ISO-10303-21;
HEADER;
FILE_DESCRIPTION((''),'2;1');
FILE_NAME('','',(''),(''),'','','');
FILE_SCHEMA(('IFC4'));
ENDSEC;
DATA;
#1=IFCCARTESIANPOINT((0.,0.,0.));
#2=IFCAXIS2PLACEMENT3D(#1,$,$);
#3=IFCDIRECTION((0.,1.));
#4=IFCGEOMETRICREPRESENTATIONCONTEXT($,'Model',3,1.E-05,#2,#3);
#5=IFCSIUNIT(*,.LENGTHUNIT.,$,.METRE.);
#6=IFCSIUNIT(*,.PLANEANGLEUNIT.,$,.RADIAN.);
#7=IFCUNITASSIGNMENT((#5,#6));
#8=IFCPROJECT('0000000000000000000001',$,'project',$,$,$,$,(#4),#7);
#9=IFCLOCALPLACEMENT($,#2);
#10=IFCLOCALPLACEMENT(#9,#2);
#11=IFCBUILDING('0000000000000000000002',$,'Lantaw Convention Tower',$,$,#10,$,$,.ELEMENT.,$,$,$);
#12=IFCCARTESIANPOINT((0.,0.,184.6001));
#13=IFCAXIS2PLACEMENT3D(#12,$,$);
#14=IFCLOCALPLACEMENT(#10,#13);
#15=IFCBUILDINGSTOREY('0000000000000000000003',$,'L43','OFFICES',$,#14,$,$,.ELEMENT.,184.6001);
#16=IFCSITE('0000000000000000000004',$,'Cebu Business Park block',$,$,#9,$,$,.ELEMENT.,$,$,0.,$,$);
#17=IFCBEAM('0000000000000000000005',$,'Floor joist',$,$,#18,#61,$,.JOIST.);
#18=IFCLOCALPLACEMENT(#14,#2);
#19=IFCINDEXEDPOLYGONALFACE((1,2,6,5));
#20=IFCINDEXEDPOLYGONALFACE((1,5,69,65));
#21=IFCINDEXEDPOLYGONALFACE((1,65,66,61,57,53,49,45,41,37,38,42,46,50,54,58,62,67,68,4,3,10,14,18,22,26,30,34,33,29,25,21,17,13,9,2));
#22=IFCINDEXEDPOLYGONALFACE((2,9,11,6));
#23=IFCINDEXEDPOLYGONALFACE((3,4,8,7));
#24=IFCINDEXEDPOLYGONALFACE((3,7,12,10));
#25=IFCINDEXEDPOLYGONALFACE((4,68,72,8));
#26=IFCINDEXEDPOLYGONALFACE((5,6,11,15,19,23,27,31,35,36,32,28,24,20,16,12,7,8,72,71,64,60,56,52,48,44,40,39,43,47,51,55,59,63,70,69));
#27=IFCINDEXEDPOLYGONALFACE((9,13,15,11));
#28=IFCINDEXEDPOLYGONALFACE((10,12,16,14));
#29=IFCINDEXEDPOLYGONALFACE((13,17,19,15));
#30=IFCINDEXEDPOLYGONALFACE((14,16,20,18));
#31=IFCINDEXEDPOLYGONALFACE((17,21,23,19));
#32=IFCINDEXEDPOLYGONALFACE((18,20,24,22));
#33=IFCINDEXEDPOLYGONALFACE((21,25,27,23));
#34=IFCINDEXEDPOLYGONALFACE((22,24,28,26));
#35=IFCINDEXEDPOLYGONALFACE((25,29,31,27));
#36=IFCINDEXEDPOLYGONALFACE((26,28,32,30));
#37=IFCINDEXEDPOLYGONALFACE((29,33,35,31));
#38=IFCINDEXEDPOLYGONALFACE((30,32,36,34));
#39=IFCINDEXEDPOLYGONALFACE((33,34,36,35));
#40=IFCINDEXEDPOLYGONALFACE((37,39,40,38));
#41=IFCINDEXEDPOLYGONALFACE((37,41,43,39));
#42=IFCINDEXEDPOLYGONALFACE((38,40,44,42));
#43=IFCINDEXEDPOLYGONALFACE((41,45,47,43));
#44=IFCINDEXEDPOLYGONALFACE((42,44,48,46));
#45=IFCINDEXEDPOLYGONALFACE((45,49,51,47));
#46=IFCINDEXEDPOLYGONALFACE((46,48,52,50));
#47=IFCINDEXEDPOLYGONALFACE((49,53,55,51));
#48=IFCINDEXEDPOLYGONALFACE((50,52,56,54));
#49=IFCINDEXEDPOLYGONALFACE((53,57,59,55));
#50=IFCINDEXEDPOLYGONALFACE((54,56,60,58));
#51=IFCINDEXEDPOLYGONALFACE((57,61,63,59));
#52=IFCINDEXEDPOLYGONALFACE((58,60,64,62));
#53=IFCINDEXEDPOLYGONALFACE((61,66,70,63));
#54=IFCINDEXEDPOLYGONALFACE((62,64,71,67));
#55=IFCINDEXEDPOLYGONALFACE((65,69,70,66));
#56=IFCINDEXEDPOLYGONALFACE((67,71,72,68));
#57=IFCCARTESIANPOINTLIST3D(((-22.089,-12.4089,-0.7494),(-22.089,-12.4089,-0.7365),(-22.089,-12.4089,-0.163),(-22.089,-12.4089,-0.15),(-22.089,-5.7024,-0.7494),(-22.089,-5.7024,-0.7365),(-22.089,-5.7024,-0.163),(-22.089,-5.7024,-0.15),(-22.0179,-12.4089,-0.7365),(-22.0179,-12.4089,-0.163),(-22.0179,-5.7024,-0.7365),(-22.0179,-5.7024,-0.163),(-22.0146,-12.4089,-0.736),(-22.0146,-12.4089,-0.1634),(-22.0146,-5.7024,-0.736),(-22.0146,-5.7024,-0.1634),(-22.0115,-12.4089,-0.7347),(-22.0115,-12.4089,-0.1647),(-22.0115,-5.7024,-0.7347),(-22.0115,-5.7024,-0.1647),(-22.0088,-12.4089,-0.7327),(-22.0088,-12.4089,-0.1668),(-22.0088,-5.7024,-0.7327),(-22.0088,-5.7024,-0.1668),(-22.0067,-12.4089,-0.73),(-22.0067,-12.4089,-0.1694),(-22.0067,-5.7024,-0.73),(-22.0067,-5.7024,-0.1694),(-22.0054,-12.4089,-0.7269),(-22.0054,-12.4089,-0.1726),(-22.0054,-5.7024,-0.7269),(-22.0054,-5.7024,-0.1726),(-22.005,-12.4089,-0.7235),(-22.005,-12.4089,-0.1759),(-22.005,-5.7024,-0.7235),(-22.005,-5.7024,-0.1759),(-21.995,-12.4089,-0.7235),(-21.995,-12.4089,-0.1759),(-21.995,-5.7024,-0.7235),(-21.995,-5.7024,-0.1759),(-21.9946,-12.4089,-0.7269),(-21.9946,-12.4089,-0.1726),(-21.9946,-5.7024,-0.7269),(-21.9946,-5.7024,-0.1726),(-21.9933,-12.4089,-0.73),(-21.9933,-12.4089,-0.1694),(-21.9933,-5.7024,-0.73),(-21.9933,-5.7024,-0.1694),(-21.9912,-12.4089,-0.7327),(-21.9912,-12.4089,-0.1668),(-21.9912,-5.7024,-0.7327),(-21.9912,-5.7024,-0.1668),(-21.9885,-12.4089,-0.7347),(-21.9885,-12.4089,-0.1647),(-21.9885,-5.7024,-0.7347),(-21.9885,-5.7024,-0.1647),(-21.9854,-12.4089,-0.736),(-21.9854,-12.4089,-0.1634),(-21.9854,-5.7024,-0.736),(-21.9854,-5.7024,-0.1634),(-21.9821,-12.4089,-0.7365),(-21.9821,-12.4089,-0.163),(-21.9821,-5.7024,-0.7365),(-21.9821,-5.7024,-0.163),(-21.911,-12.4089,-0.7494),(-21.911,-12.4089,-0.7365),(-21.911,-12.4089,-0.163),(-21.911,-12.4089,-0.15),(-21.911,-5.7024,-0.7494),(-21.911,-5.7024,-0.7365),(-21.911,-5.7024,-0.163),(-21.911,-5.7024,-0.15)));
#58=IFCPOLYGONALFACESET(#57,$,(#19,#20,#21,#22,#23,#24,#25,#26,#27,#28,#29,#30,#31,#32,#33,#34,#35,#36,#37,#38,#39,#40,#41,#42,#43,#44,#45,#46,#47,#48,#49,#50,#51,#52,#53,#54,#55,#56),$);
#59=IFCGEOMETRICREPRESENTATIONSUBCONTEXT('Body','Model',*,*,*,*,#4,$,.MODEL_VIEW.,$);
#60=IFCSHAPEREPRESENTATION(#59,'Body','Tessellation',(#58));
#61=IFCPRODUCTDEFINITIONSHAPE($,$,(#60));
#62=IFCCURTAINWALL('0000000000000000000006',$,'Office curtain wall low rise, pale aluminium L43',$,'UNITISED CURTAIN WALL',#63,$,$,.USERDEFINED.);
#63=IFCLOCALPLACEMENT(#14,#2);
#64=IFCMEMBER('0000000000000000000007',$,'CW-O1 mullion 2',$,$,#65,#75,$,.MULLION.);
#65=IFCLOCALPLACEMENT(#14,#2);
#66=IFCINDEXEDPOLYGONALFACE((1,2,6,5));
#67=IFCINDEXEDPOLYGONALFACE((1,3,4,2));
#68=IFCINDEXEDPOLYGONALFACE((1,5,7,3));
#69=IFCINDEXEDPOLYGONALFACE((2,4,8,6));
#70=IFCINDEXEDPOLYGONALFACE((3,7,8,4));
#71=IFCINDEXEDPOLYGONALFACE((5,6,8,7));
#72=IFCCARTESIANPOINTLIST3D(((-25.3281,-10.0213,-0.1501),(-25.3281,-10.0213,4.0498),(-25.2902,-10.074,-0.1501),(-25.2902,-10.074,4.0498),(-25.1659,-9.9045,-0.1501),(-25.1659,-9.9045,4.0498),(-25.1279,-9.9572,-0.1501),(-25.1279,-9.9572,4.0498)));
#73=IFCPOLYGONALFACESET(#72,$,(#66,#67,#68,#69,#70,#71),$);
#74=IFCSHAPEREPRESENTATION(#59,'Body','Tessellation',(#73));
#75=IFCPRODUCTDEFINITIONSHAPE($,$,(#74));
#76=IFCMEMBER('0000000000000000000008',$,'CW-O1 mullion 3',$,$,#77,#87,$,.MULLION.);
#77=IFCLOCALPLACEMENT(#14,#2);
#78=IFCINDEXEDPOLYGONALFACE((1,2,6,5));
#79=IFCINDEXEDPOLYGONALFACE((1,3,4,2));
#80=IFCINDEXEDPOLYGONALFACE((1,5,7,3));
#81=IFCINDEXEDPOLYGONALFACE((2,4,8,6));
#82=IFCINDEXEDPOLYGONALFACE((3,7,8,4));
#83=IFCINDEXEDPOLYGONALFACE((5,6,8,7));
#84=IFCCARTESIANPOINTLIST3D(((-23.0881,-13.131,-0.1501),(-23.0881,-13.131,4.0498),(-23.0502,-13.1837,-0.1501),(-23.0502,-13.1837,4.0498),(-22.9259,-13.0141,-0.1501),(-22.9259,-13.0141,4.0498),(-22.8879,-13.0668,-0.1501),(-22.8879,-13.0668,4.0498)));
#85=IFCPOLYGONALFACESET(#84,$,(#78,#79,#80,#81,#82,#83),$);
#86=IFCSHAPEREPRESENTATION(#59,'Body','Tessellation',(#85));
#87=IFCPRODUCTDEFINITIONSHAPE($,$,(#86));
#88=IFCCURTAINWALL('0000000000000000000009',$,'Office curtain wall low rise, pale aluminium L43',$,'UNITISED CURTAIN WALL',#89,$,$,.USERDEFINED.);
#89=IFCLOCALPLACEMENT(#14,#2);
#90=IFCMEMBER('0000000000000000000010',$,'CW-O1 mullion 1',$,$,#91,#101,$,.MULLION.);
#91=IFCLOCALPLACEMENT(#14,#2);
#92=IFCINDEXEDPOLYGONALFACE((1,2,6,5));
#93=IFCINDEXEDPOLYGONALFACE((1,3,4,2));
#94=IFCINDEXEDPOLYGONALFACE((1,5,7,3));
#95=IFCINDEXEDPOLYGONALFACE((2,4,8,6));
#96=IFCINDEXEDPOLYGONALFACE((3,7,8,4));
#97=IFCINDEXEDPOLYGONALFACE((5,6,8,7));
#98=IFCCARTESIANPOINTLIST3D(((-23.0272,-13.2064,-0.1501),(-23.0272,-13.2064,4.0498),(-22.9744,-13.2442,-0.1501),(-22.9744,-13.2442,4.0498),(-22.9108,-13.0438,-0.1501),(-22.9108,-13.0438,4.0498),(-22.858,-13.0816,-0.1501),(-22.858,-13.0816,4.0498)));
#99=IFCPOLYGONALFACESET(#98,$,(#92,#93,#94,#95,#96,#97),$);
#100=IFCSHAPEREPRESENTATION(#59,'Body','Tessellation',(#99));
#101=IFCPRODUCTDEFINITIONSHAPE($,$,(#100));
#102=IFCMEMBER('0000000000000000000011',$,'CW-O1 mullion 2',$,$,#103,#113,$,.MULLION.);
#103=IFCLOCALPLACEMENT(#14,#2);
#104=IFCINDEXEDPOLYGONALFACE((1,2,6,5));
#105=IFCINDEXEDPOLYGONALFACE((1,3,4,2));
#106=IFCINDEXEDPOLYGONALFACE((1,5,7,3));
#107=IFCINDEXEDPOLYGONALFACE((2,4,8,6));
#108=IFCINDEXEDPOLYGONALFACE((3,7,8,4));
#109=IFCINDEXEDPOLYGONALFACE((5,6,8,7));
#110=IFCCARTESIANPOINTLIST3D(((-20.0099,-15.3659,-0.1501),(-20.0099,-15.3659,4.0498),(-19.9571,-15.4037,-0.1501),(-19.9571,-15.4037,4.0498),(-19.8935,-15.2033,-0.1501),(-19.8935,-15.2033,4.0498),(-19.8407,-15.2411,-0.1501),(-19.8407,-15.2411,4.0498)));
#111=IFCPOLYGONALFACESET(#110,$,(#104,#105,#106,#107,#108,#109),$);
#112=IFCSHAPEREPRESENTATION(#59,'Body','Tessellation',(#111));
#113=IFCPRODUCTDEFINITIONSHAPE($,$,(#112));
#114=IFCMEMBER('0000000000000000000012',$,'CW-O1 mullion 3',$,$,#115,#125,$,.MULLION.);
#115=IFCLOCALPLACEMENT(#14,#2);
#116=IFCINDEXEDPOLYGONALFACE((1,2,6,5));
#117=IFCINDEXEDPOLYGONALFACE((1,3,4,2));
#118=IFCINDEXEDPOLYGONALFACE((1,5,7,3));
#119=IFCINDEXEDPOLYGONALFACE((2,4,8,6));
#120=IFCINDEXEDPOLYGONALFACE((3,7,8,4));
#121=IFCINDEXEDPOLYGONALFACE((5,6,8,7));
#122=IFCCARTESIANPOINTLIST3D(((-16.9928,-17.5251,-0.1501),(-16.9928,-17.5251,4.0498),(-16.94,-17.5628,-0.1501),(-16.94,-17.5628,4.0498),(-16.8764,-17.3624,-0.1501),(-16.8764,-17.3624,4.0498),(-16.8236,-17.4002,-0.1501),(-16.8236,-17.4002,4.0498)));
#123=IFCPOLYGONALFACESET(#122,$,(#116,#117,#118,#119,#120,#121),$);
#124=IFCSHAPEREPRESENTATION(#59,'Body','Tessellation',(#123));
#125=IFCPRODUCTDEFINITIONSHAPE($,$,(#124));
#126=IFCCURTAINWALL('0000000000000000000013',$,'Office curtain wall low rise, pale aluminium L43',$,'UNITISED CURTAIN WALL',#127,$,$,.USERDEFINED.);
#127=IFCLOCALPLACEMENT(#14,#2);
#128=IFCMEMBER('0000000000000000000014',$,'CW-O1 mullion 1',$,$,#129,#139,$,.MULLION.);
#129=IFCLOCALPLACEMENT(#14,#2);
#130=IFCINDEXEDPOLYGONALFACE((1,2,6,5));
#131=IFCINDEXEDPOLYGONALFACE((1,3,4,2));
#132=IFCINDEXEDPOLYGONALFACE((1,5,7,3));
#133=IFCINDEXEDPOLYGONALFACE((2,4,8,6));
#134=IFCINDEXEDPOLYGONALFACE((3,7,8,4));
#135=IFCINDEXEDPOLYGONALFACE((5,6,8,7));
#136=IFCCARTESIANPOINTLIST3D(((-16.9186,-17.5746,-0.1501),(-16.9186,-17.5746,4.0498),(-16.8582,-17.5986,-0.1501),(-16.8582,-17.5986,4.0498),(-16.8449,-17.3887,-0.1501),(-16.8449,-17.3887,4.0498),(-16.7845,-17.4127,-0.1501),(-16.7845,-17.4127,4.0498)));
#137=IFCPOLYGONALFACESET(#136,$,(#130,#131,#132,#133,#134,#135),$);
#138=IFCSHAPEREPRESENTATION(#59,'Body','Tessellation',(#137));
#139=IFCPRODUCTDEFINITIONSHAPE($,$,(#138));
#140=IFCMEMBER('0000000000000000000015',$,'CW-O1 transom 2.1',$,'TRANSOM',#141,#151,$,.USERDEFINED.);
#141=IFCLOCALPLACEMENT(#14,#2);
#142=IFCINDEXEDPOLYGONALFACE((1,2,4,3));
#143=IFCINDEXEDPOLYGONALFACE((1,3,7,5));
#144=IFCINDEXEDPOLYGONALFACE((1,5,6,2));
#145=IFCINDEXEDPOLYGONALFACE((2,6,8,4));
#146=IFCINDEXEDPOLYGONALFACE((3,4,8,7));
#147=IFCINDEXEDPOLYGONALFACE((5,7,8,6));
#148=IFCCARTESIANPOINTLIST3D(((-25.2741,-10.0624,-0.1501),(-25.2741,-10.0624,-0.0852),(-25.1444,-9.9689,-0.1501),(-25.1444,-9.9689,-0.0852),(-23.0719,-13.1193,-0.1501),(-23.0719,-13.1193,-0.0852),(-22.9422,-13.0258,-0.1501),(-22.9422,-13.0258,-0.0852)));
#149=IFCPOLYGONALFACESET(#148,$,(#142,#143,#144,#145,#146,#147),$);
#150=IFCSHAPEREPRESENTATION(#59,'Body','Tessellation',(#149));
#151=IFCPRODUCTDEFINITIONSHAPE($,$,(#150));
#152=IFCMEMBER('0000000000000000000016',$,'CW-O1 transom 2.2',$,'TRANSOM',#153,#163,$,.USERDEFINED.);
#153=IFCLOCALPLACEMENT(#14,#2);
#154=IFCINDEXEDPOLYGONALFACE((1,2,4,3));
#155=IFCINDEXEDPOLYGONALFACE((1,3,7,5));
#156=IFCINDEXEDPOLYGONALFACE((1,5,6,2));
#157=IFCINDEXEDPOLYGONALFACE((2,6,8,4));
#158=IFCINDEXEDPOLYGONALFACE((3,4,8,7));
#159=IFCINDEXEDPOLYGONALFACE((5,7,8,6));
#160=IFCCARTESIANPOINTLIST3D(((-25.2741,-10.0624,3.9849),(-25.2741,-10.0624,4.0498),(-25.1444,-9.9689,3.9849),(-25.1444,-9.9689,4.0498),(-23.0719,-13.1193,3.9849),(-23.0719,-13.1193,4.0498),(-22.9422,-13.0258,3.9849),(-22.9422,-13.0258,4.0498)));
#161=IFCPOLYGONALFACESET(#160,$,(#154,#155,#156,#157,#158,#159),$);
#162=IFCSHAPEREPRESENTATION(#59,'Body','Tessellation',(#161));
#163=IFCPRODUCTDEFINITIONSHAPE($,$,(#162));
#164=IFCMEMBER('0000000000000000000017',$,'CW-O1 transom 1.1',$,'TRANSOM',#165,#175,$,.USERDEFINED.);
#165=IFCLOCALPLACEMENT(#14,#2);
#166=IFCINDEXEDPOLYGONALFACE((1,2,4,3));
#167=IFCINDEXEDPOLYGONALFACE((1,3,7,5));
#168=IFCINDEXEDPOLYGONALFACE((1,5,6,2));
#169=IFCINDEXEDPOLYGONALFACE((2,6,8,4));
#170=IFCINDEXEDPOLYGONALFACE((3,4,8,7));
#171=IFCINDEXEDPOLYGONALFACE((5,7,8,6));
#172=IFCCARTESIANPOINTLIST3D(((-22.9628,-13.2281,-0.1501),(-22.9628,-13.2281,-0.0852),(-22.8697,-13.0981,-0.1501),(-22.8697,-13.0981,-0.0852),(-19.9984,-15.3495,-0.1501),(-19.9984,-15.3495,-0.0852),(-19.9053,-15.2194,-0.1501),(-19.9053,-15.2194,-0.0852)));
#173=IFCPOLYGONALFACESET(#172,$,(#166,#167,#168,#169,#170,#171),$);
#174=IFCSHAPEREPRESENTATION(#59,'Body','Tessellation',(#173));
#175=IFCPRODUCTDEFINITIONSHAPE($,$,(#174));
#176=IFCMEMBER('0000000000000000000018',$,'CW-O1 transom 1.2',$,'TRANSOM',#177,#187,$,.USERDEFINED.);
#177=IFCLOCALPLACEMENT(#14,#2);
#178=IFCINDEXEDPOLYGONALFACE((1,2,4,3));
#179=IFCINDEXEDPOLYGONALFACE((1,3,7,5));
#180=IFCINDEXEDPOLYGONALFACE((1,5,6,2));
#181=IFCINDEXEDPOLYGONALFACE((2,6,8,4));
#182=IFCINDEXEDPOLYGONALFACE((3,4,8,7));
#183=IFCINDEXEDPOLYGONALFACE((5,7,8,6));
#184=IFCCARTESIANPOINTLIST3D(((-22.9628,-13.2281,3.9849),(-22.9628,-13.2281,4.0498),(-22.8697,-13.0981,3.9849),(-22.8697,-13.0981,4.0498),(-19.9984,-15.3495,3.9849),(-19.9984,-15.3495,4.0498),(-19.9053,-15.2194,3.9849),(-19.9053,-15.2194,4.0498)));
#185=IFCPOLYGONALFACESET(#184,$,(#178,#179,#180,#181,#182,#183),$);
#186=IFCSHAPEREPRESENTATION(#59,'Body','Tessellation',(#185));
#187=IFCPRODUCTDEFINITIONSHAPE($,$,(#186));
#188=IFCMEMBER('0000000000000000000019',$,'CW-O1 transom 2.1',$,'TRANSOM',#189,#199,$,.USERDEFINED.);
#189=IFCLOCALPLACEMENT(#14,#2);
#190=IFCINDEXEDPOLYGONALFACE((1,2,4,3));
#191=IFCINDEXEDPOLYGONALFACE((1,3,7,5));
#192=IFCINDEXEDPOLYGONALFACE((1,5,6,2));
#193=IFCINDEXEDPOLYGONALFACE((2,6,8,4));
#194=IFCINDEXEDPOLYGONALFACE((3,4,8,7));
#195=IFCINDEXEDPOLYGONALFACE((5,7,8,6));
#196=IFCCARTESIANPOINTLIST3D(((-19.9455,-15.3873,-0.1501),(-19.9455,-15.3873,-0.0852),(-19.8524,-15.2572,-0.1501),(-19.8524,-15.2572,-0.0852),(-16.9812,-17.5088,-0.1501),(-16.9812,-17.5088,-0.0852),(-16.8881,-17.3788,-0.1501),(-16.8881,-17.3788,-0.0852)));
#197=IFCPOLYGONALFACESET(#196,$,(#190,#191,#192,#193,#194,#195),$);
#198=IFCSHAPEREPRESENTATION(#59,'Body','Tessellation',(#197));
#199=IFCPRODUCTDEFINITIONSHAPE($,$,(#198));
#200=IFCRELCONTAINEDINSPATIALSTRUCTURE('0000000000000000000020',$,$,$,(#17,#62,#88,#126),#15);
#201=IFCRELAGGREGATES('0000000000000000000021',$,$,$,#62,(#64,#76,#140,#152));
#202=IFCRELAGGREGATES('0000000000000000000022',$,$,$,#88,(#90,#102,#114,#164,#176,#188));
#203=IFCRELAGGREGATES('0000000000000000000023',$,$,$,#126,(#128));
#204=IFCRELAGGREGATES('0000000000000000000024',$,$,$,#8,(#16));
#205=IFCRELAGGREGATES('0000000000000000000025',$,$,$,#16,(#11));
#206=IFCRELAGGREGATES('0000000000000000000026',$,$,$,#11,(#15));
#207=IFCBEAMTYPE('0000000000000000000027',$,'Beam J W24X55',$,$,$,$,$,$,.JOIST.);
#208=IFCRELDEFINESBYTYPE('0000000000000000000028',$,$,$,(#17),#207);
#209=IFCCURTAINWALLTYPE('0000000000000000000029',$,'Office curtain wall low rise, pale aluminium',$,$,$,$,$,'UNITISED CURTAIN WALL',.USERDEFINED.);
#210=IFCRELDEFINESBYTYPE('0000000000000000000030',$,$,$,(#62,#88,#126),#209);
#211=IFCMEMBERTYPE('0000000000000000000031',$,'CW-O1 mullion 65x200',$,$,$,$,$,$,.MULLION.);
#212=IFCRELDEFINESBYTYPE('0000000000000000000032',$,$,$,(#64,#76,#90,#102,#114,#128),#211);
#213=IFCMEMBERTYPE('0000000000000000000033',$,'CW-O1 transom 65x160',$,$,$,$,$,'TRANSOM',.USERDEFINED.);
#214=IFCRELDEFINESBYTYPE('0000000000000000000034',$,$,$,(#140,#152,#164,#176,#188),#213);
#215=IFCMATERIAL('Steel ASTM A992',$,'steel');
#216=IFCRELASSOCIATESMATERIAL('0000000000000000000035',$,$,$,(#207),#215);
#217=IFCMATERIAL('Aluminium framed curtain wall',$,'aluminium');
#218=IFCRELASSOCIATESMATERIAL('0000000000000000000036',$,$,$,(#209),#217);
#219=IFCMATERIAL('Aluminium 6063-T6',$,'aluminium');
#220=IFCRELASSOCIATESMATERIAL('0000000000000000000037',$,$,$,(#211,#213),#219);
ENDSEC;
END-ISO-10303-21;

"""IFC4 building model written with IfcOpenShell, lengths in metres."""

from ifc_helpers import new_model, si_unit, direction, frame, origin, origin_2d, place, context, subcontext, project, spatial, rectangle, i_section, extrude, material, material_profile, profile_set, type_object, element, aggregate, save


model = new_model("IFC4")

# Units and contexts
model_context = context("Model", 3, precision=1e-05, world=origin(), true_north=direction((0.0, 1.0)))
body_context = subcontext(model_context, "Body", "Model", "MODEL_VIEW")
ifc_project = project(units=[si_unit("LENGTHUNIT", "METRE"), si_unit("PLANEANGLEUNIT", "RADIAN")], contexts=[model_context])

# Site, building, storey
site_placement = place(None, origin())
site = spatial("IfcSite", under=ifc_project, at=site_placement, Name="Cebu Business Park block", CompositionType="ELEMENT", RefElevation=0.0)
building_placement = place(site_placement, origin())
building = spatial("IfcBuilding", under=site, at=building_placement, Name="Lantaw Convention Tower", CompositionType="ELEMENT")
storey_placement = place(building_placement, frame((0.0, 0.0, 184.6001)))
storey = spatial("IfcBuildingStorey", under=building, at=storey_placement, Name="L43", Description="OFFICES", CompositionType="ELEMENT", Elevation=184.6001)

# Beam
ifc_material_1 = material(Name="Steel ASTM A992", Category="steel")
ifc_material_profile_1 = material_profile(ifc_material_1, i_section(OverallWidth=0.178, OverallDepth=0.5994, WebThickness=0.01, FlangeThickness=0.0129, FilletRadius=0.0129, at=origin_2d()), Name="W24X55")
ifc_profile_set_1 = profile_set([ifc_material_profile_1], Name="Steel ASTM A992")
beam_type_1 = type_object("IfcBeamType", Name="Beam J W24X55", PredefinedType="JOIST", material=ifc_profile_set_1)
beam_1_placement = place(storey_placement, frame((-22.0, -12.4089, -0.4497), z_axis=(0.0, 1.0, 0.0), x_axis=(-1.0, 0.0, 0.0)))
element("IfcBeam", 1, at=beam_1_placement, inside=storey, type_object=beam_type_1, Name="Floor joist", PredefinedType="JOIST", context=body_context, shape_type="SweptSolid", body=[
    extrude(i_section(OverallWidth=0.178, OverallDepth=0.5994, WebThickness=0.01, FlangeThickness=0.0129, FilletRadius=0.0129, at=origin_2d()), origin(), (0.0, 0.0, 1.0), 6.7065),
])

# Curtain walls, members
ifc_material_2 = material(Name="Aluminium framed curtain wall", Category="aluminium")
curtain_wall_type = type_object("IfcCurtainWallType", Name="Office curtain wall low rise, pale aluminium", ElementType="UNITISED CURTAIN WALL", PredefinedType="USERDEFINED", material=ifc_material_2)
curtain_wall_1_placement = place(storey_placement, origin())
curtain_wall_1 = element("IfcCurtainWall", 2, at=curtain_wall_1_placement, inside=storey, type_object=curtain_wall_type, Name="Office curtain wall low rise, pale aluminium L43", ObjectType="UNITISED CURTAIN WALL", PredefinedType="USERDEFINED")
ifc_material_3 = material(Name="Aluminium 6063-T6", Category="aluminium")
ifc_material_profile_2 = material_profile(ifc_material_3, rectangle(XDim=0.2, YDim=0.0649, at=origin_2d()), Name="CW-O1 mullion 65x200")
ifc_profile_set_2 = profile_set([ifc_material_profile_2], Name="Aluminium 6063-T6")
member_type_1 = type_object("IfcMemberType", Name="CW-O1 mullion 65x200", PredefinedType="MULLION", material=ifc_profile_set_2)
member_1_placement = place(storey_placement, frame((-25.228, -9.9893, -0.1501), z_axis=(0.0, 0.0, 1.0), x_axis=(0.811385, 0.584513, 0.0)))
member_1 = element("IfcMember", 3, at=member_1_placement, type_object=member_type_1, Name="CW-O1 mullion 2", PredefinedType="MULLION", context=body_context, shape_type="SweptSolid", body=[
    extrude(rectangle(XDim=0.2, YDim=0.0649, at=origin_2d()), origin(), (0.0, 0.0, 1.0), 4.2),
])
member_2_placement = place(storey_placement, frame((-22.988, -13.0989, -0.1501), z_axis=(0.0, 0.0, 1.0), x_axis=(0.811385, 0.584513, 0.0)))
member_2 = element("IfcMember", 4, at=member_2_placement, type_object=member_type_1, Name="CW-O1 mullion 3", PredefinedType="MULLION", context=body_context, shape_type="SweptSolid", body=[
    extrude(rectangle(XDim=0.2, YDim=0.0649, at=origin_2d()), origin(), (0.0, 0.0, 1.0), 4.2),
])
curtain_wall_2_placement = place(storey_placement, origin())
curtain_wall_2 = element("IfcCurtainWall", 5, at=curtain_wall_2_placement, inside=storey, type_object=curtain_wall_type, Name="Office curtain wall low rise, pale aluminium L43", ObjectType="UNITISED CURTAIN WALL", PredefinedType="USERDEFINED")
member_3_placement = place(storey_placement, frame((-22.9426, -13.144, -0.1501), z_axis=(0.0, 0.0, 1.0), x_axis=(0.581973, 0.813208, 0.0)))
member_3 = element("IfcMember", 6, at=member_3_placement, type_object=member_type_1, Name="CW-O1 mullion 1", PredefinedType="MULLION", context=body_context, shape_type="SweptSolid", body=[
    extrude(rectangle(XDim=0.2, YDim=0.0649, at=origin_2d()), origin(), (0.0, 0.0, 1.0), 4.2),
])
member_4_placement = place(storey_placement, frame((-19.9253, -15.3035, -0.1501), z_axis=(0.0, 0.0, 1.0), x_axis=(0.581973, 0.813208, 0.0)))
member_4 = element("IfcMember", 7, at=member_4_placement, type_object=member_type_1, Name="CW-O1 mullion 2", PredefinedType="MULLION", context=body_context, shape_type="SweptSolid", body=[
    extrude(rectangle(XDim=0.2, YDim=0.0649, at=origin_2d()), origin(), (0.0, 0.0, 1.0), 4.2),
])
member_5_placement = place(storey_placement, frame((-16.9082, -17.4626, -0.1501), z_axis=(0.0, 0.0, 1.0), x_axis=(0.581973, 0.813208, 0.0)))
member_5 = element("IfcMember", 8, at=member_5_placement, type_object=member_type_1, Name="CW-O1 mullion 3", PredefinedType="MULLION", context=body_context, shape_type="SweptSolid", body=[
    extrude(rectangle(XDim=0.2, YDim=0.0649, at=origin_2d()), origin(), (0.0, 0.0, 1.0), 4.2),
])

# Curtain wall, member
curtain_wall_3_placement = place(storey_placement, origin())
curtain_wall_3 = element("IfcCurtainWall", 9, at=curtain_wall_3_placement, inside=storey, type_object=curtain_wall_type, Name="Office curtain wall low rise, pale aluminium L43", ObjectType="UNITISED CURTAIN WALL", PredefinedType="USERDEFINED")
member_6_placement = place(storey_placement, frame((-16.8516, -17.4937, -0.1501), z_axis=(0.0, 0.0, 1.0), x_axis=(0.368702, 0.929548, 0.0)))
member_6 = element("IfcMember", 10, at=member_6_placement, type_object=member_type_1, Name="CW-O1 mullion 1", PredefinedType="MULLION", context=body_context, shape_type="SweptSolid", body=[
    extrude(rectangle(XDim=0.2, YDim=0.0649, at=origin_2d()), origin(), (0.0, 0.0, 1.0), 4.2),
])

# Members
ifc_material_profile_3 = material_profile(ifc_material_3, rectangle(XDim=0.1599, YDim=0.0649, at=origin_2d()), Name="CW-O1 transom 65x160")
ifc_profile_set_3 = profile_set([ifc_material_profile_3], Name="Aluminium 6063-T6")
member_type_2 = type_object("IfcMemberType", Name="CW-O1 transom 65x160", ElementType="TRANSOM", PredefinedType="USERDEFINED", material=ifc_profile_set_3)
member_7_placement = place(storey_placement, frame((-25.2092, -10.0156, -0.1177), z_axis=(0.584513, -0.811384, 0.0), x_axis=(0.811384, 0.584513, 0.0)))
member_7 = element("IfcMember", 11, at=member_7_placement, type_object=member_type_2, Name="CW-O1 transom 2.1", ObjectType="TRANSOM", PredefinedType="USERDEFINED", context=body_context, shape_type="SweptSolid", body=[
    extrude(rectangle(XDim=0.1599, YDim=0.0649, at=origin_2d()), origin(), (0.0, 0.0, 1.0), 3.7676),
])
member_8_placement = place(storey_placement, frame((-25.2092, -10.0156, 4.0173), z_axis=(0.584513, -0.811384, 0.0), x_axis=(0.811384, 0.584513, 0.0)))
member_8 = element("IfcMember", 12, at=member_8_placement, type_object=member_type_2, Name="CW-O1 transom 2.2", ObjectType="TRANSOM", PredefinedType="USERDEFINED", context=body_context, shape_type="SweptSolid", body=[
    extrude(rectangle(XDim=0.1599, YDim=0.0649, at=origin_2d()), origin(), (0.0, 0.0, 1.0), 3.7676),
])
member_9_placement = place(storey_placement, frame((-22.9163, -13.1631, -0.1177), z_axis=(0.813222, -0.581954, 0.0), x_axis=(0.581954, 0.813222, 0.0)))
member_9 = element("IfcMember", 13, at=member_9_placement, type_object=member_type_2, Name="CW-O1 transom 1.1", ObjectType="TRANSOM", PredefinedType="USERDEFINED", context=body_context, shape_type="SweptSolid", body=[
    extrude(rectangle(XDim=0.1599, YDim=0.0649, at=origin_2d()), origin(), (0.0, 0.0, 1.0), 3.6453),
])
member_10_placement = place(storey_placement, frame((-22.9163, -13.1631, 4.0173), z_axis=(0.813222, -0.581954, 0.0), x_axis=(0.581954, 0.813222, 0.0)))
member_10 = element("IfcMember", 14, at=member_10_placement, type_object=member_type_2, Name="CW-O1 transom 1.2", ObjectType="TRANSOM", PredefinedType="USERDEFINED", context=body_context, shape_type="SweptSolid", body=[
    extrude(rectangle(XDim=0.1599, YDim=0.0649, at=origin_2d()), origin(), (0.0, 0.0, 1.0), 3.6453),
])
member_11_placement = place(storey_placement, frame((-19.8989, -15.3223, -0.1177), z_axis=(0.81319, -0.581998, 0.0), x_axis=(0.581998, 0.81319, 0.0)))
member_11 = element("IfcMember", 15, at=member_11_placement, type_object=member_type_2, Name="CW-O1 transom 2.1", ObjectType="TRANSOM", PredefinedType="USERDEFINED", context=body_context, shape_type="SweptSolid", body=[
    extrude(rectangle(XDim=0.1599, YDim=0.0649, at=origin_2d()), origin(), (0.0, 0.0, 1.0), 3.6453),
])

aggregate(curtain_wall_1, [member_1, member_2, member_7, member_8])
aggregate(curtain_wall_2, [member_3, member_4, member_5, member_9, member_10, member_11])
aggregate(curtain_wall_3, [member_6])

save(model, "model.ifc")
